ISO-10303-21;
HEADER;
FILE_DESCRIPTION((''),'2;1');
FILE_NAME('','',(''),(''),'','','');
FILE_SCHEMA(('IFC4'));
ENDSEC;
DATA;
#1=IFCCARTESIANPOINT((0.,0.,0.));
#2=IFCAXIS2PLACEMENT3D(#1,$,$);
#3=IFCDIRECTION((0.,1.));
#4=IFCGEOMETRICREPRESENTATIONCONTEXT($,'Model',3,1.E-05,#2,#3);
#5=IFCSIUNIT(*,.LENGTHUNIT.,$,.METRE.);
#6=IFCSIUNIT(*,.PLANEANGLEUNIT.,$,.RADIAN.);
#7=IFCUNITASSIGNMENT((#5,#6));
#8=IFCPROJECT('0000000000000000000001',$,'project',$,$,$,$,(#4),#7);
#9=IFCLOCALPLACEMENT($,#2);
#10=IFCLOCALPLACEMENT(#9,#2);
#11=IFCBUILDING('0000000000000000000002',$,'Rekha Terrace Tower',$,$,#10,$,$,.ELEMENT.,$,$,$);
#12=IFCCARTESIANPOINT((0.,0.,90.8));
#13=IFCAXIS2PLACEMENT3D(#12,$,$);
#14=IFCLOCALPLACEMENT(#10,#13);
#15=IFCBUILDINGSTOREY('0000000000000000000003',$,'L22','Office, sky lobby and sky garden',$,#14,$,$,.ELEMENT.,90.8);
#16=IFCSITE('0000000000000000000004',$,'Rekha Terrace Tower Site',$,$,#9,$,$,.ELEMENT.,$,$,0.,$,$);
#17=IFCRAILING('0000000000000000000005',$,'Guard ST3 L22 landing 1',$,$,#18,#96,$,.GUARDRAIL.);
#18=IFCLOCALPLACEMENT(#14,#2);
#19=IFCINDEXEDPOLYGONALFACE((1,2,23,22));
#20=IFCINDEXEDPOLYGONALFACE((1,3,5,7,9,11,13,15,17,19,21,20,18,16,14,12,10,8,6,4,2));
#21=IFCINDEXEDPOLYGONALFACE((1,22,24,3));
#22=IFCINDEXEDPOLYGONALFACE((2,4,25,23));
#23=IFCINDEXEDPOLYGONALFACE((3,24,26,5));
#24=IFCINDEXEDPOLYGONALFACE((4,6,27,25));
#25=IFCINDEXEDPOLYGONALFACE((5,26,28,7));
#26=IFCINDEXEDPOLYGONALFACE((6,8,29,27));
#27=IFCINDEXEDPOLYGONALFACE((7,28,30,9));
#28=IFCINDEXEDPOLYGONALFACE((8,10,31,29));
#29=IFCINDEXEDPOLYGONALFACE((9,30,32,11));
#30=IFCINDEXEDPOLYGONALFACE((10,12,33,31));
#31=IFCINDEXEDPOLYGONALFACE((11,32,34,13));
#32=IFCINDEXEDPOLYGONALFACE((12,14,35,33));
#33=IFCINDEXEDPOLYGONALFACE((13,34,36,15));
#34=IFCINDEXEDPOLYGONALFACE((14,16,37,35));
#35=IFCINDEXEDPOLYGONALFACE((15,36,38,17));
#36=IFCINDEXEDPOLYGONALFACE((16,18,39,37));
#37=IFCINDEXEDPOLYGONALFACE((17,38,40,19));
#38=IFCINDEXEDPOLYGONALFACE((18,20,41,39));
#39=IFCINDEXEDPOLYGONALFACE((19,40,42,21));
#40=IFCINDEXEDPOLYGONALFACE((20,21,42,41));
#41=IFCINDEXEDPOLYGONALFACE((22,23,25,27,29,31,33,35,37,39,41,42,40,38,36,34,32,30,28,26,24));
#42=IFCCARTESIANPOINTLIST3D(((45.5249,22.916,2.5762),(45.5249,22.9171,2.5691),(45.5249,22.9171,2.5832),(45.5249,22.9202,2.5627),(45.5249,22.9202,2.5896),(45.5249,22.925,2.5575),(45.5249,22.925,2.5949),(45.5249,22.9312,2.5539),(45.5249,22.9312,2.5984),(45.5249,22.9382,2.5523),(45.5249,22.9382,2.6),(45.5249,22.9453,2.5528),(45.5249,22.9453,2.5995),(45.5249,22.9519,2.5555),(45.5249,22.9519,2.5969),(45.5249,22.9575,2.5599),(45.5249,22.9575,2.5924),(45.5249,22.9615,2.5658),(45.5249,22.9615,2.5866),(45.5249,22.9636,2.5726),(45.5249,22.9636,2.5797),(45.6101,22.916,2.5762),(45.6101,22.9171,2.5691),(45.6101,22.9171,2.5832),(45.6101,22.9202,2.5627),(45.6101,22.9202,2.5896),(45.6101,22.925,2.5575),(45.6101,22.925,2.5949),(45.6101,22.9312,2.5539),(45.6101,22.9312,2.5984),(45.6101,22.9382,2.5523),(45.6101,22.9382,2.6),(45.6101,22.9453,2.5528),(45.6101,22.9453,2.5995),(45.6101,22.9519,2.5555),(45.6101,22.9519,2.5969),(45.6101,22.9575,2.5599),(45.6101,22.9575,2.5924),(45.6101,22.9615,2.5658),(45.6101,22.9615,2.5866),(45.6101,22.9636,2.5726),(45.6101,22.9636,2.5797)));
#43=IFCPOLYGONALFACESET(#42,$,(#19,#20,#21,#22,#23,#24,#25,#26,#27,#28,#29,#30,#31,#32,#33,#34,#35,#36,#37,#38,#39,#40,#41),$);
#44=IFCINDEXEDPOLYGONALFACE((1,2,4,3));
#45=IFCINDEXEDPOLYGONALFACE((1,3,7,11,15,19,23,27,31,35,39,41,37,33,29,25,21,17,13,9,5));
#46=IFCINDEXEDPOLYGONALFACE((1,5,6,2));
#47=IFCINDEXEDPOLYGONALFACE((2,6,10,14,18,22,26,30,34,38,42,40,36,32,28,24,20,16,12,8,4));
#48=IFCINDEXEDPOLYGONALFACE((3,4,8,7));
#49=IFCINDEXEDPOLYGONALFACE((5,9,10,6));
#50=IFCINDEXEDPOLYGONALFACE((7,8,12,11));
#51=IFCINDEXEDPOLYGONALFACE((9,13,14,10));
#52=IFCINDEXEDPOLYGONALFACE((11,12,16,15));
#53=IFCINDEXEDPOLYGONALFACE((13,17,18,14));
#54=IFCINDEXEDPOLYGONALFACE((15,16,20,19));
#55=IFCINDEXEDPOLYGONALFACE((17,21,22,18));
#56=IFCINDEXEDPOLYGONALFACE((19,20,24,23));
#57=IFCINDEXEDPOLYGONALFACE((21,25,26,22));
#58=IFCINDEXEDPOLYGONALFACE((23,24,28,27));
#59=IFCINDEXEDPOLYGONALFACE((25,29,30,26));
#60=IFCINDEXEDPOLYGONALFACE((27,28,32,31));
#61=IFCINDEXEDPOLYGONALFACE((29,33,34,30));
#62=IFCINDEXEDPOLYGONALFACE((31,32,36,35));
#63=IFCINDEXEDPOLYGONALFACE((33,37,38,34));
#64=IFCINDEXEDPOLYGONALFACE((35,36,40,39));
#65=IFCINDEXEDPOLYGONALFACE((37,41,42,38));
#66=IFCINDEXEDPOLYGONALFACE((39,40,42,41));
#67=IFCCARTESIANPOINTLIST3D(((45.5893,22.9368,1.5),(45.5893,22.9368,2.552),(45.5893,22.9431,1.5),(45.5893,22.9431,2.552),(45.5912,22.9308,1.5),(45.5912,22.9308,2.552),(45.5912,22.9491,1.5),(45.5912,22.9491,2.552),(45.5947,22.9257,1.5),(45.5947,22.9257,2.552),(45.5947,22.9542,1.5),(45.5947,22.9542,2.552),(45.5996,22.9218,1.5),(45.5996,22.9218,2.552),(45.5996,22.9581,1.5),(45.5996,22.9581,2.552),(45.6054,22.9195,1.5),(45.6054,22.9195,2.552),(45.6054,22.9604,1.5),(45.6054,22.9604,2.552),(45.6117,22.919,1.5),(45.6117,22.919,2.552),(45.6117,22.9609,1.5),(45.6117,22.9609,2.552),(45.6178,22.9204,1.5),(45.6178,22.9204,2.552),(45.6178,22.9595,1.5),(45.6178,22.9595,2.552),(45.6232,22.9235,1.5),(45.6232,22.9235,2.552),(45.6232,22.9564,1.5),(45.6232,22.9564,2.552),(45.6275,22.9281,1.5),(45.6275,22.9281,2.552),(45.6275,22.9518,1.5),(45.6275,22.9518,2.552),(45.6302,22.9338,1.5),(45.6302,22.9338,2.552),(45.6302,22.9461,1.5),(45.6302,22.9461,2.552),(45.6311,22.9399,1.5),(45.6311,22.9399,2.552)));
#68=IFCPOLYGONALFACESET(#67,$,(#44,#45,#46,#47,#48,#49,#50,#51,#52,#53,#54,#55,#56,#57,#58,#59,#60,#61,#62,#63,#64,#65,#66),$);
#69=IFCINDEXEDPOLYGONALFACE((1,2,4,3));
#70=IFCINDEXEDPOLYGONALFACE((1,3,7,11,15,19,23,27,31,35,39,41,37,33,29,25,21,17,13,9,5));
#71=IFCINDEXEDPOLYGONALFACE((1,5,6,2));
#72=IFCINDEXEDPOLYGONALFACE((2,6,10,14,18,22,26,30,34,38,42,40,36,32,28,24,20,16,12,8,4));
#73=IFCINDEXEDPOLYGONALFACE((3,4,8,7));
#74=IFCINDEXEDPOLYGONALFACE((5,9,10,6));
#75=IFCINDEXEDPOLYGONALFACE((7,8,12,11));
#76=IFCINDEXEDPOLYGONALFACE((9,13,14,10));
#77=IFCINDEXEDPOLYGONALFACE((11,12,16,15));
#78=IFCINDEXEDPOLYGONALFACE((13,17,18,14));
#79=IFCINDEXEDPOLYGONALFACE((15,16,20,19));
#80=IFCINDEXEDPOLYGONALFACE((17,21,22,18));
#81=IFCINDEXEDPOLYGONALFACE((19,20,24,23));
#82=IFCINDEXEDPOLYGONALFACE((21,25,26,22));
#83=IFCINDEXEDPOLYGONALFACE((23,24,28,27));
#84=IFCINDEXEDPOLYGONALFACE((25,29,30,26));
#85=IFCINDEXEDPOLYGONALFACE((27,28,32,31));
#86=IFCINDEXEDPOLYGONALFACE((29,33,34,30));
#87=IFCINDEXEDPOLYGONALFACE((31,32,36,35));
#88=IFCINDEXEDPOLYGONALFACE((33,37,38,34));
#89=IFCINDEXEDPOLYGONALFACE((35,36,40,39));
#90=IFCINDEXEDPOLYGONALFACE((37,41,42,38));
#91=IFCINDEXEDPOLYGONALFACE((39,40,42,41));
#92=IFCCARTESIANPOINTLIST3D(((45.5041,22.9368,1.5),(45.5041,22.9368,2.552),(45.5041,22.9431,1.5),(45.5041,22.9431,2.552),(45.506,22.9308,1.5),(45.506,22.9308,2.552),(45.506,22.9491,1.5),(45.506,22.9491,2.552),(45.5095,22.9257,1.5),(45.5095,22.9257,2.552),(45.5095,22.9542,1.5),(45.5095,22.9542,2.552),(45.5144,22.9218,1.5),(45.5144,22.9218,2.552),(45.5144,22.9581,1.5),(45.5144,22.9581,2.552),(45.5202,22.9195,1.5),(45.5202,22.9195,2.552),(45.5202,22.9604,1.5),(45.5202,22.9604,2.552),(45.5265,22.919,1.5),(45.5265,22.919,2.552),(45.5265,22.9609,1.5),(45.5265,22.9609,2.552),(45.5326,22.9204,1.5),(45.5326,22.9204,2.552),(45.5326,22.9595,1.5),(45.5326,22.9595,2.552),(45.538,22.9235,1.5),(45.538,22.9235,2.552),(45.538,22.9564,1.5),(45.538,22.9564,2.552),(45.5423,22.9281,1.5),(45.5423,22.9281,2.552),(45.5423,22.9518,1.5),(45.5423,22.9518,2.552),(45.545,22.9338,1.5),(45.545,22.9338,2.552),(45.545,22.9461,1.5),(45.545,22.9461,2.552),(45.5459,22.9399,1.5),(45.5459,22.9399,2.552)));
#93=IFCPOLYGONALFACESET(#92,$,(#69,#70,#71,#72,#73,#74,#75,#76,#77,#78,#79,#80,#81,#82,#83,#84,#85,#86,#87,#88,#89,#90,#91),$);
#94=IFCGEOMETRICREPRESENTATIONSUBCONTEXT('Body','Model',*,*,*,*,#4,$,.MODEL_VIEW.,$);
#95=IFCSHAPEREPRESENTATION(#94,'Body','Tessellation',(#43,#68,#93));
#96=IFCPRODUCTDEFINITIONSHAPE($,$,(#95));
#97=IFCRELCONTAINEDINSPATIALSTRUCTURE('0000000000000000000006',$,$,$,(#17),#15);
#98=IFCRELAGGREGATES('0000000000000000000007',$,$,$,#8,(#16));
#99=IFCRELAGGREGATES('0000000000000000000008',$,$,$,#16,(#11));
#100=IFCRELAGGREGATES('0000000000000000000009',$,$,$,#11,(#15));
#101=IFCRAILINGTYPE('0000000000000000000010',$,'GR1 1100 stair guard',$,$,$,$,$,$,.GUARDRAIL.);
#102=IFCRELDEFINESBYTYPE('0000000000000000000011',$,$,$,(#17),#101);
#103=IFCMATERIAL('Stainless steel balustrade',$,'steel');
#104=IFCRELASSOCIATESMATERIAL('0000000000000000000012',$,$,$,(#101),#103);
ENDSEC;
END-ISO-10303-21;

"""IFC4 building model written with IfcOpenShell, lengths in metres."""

from ifc_helpers import new_model, si_unit, direction, frame, origin, origin_2d, place, context, subcontext, project, spatial, circle, extrude, material, type_object, element, save


model = new_model("IFC4")

# Units and contexts
model_context = context("Model", 3, precision=1e-05, world=origin(), true_north=direction((0.0, 1.0)))
body_context = subcontext(model_context, "Body", "Model", "MODEL_VIEW")
ifc_project = project(units=[si_unit("LENGTHUNIT", "METRE"), si_unit("PLANEANGLEUNIT", "RADIAN")], contexts=[model_context])

# Site, building, storey
site_placement = place(None, origin())
site = spatial("IfcSite", under=ifc_project, at=site_placement, Name="Rekha Terrace Tower Site", CompositionType="ELEMENT", RefElevation=0.0)
building_placement = place(site_placement, origin())
building = spatial("IfcBuilding", under=site, at=building_placement, Name="Rekha Terrace Tower", CompositionType="ELEMENT")
storey_placement = place(building_placement, frame((0.0, 0.0, 90.8)))
storey = spatial("IfcBuildingStorey", under=building, at=storey_placement, Name="L22", Description="Office, sky lobby and sky garden", CompositionType="ELEMENT", Elevation=90.8)

# Railing
ifc_material_1 = material(Name="Stainless steel balustrade", Category="steel")
railing_type_1 = type_object("IfcRailingType", Name="GR1 1100 stair guard", PredefinedType="GUARDRAIL", material=ifc_material_1)
railing_1_placement = place(storey_placement, frame((45.6101, 22.9399, 1.5)))
element("IfcRailing", 1, at=railing_1_placement, inside=storey, type_object=railing_type_1, Name="Guard ST3 L22 landing 1", PredefinedType="GUARDRAIL", context=body_context, shape_type="SweptSolid", body=[
    extrude(circle(Radius=0.0239, at=origin_2d()), frame((0.0, 0.0, 1.0762), z_axis=(-1.0, 0.0, 0.0), x_axis=(0.0, -1.0, 0.0)), (0.0, 0.0, 1.0), 0.0852),
    extrude(circle(Radius=0.021, at=origin_2d()), origin(), (0.0, 0.0, 1.0), 1.052),
    extrude(circle(Radius=0.021, at=origin_2d()), frame((-0.0852, 0.0, 0.0)), (0.0, 0.0, 1.0), 1.052),
])

save(model, "model.ifc")
